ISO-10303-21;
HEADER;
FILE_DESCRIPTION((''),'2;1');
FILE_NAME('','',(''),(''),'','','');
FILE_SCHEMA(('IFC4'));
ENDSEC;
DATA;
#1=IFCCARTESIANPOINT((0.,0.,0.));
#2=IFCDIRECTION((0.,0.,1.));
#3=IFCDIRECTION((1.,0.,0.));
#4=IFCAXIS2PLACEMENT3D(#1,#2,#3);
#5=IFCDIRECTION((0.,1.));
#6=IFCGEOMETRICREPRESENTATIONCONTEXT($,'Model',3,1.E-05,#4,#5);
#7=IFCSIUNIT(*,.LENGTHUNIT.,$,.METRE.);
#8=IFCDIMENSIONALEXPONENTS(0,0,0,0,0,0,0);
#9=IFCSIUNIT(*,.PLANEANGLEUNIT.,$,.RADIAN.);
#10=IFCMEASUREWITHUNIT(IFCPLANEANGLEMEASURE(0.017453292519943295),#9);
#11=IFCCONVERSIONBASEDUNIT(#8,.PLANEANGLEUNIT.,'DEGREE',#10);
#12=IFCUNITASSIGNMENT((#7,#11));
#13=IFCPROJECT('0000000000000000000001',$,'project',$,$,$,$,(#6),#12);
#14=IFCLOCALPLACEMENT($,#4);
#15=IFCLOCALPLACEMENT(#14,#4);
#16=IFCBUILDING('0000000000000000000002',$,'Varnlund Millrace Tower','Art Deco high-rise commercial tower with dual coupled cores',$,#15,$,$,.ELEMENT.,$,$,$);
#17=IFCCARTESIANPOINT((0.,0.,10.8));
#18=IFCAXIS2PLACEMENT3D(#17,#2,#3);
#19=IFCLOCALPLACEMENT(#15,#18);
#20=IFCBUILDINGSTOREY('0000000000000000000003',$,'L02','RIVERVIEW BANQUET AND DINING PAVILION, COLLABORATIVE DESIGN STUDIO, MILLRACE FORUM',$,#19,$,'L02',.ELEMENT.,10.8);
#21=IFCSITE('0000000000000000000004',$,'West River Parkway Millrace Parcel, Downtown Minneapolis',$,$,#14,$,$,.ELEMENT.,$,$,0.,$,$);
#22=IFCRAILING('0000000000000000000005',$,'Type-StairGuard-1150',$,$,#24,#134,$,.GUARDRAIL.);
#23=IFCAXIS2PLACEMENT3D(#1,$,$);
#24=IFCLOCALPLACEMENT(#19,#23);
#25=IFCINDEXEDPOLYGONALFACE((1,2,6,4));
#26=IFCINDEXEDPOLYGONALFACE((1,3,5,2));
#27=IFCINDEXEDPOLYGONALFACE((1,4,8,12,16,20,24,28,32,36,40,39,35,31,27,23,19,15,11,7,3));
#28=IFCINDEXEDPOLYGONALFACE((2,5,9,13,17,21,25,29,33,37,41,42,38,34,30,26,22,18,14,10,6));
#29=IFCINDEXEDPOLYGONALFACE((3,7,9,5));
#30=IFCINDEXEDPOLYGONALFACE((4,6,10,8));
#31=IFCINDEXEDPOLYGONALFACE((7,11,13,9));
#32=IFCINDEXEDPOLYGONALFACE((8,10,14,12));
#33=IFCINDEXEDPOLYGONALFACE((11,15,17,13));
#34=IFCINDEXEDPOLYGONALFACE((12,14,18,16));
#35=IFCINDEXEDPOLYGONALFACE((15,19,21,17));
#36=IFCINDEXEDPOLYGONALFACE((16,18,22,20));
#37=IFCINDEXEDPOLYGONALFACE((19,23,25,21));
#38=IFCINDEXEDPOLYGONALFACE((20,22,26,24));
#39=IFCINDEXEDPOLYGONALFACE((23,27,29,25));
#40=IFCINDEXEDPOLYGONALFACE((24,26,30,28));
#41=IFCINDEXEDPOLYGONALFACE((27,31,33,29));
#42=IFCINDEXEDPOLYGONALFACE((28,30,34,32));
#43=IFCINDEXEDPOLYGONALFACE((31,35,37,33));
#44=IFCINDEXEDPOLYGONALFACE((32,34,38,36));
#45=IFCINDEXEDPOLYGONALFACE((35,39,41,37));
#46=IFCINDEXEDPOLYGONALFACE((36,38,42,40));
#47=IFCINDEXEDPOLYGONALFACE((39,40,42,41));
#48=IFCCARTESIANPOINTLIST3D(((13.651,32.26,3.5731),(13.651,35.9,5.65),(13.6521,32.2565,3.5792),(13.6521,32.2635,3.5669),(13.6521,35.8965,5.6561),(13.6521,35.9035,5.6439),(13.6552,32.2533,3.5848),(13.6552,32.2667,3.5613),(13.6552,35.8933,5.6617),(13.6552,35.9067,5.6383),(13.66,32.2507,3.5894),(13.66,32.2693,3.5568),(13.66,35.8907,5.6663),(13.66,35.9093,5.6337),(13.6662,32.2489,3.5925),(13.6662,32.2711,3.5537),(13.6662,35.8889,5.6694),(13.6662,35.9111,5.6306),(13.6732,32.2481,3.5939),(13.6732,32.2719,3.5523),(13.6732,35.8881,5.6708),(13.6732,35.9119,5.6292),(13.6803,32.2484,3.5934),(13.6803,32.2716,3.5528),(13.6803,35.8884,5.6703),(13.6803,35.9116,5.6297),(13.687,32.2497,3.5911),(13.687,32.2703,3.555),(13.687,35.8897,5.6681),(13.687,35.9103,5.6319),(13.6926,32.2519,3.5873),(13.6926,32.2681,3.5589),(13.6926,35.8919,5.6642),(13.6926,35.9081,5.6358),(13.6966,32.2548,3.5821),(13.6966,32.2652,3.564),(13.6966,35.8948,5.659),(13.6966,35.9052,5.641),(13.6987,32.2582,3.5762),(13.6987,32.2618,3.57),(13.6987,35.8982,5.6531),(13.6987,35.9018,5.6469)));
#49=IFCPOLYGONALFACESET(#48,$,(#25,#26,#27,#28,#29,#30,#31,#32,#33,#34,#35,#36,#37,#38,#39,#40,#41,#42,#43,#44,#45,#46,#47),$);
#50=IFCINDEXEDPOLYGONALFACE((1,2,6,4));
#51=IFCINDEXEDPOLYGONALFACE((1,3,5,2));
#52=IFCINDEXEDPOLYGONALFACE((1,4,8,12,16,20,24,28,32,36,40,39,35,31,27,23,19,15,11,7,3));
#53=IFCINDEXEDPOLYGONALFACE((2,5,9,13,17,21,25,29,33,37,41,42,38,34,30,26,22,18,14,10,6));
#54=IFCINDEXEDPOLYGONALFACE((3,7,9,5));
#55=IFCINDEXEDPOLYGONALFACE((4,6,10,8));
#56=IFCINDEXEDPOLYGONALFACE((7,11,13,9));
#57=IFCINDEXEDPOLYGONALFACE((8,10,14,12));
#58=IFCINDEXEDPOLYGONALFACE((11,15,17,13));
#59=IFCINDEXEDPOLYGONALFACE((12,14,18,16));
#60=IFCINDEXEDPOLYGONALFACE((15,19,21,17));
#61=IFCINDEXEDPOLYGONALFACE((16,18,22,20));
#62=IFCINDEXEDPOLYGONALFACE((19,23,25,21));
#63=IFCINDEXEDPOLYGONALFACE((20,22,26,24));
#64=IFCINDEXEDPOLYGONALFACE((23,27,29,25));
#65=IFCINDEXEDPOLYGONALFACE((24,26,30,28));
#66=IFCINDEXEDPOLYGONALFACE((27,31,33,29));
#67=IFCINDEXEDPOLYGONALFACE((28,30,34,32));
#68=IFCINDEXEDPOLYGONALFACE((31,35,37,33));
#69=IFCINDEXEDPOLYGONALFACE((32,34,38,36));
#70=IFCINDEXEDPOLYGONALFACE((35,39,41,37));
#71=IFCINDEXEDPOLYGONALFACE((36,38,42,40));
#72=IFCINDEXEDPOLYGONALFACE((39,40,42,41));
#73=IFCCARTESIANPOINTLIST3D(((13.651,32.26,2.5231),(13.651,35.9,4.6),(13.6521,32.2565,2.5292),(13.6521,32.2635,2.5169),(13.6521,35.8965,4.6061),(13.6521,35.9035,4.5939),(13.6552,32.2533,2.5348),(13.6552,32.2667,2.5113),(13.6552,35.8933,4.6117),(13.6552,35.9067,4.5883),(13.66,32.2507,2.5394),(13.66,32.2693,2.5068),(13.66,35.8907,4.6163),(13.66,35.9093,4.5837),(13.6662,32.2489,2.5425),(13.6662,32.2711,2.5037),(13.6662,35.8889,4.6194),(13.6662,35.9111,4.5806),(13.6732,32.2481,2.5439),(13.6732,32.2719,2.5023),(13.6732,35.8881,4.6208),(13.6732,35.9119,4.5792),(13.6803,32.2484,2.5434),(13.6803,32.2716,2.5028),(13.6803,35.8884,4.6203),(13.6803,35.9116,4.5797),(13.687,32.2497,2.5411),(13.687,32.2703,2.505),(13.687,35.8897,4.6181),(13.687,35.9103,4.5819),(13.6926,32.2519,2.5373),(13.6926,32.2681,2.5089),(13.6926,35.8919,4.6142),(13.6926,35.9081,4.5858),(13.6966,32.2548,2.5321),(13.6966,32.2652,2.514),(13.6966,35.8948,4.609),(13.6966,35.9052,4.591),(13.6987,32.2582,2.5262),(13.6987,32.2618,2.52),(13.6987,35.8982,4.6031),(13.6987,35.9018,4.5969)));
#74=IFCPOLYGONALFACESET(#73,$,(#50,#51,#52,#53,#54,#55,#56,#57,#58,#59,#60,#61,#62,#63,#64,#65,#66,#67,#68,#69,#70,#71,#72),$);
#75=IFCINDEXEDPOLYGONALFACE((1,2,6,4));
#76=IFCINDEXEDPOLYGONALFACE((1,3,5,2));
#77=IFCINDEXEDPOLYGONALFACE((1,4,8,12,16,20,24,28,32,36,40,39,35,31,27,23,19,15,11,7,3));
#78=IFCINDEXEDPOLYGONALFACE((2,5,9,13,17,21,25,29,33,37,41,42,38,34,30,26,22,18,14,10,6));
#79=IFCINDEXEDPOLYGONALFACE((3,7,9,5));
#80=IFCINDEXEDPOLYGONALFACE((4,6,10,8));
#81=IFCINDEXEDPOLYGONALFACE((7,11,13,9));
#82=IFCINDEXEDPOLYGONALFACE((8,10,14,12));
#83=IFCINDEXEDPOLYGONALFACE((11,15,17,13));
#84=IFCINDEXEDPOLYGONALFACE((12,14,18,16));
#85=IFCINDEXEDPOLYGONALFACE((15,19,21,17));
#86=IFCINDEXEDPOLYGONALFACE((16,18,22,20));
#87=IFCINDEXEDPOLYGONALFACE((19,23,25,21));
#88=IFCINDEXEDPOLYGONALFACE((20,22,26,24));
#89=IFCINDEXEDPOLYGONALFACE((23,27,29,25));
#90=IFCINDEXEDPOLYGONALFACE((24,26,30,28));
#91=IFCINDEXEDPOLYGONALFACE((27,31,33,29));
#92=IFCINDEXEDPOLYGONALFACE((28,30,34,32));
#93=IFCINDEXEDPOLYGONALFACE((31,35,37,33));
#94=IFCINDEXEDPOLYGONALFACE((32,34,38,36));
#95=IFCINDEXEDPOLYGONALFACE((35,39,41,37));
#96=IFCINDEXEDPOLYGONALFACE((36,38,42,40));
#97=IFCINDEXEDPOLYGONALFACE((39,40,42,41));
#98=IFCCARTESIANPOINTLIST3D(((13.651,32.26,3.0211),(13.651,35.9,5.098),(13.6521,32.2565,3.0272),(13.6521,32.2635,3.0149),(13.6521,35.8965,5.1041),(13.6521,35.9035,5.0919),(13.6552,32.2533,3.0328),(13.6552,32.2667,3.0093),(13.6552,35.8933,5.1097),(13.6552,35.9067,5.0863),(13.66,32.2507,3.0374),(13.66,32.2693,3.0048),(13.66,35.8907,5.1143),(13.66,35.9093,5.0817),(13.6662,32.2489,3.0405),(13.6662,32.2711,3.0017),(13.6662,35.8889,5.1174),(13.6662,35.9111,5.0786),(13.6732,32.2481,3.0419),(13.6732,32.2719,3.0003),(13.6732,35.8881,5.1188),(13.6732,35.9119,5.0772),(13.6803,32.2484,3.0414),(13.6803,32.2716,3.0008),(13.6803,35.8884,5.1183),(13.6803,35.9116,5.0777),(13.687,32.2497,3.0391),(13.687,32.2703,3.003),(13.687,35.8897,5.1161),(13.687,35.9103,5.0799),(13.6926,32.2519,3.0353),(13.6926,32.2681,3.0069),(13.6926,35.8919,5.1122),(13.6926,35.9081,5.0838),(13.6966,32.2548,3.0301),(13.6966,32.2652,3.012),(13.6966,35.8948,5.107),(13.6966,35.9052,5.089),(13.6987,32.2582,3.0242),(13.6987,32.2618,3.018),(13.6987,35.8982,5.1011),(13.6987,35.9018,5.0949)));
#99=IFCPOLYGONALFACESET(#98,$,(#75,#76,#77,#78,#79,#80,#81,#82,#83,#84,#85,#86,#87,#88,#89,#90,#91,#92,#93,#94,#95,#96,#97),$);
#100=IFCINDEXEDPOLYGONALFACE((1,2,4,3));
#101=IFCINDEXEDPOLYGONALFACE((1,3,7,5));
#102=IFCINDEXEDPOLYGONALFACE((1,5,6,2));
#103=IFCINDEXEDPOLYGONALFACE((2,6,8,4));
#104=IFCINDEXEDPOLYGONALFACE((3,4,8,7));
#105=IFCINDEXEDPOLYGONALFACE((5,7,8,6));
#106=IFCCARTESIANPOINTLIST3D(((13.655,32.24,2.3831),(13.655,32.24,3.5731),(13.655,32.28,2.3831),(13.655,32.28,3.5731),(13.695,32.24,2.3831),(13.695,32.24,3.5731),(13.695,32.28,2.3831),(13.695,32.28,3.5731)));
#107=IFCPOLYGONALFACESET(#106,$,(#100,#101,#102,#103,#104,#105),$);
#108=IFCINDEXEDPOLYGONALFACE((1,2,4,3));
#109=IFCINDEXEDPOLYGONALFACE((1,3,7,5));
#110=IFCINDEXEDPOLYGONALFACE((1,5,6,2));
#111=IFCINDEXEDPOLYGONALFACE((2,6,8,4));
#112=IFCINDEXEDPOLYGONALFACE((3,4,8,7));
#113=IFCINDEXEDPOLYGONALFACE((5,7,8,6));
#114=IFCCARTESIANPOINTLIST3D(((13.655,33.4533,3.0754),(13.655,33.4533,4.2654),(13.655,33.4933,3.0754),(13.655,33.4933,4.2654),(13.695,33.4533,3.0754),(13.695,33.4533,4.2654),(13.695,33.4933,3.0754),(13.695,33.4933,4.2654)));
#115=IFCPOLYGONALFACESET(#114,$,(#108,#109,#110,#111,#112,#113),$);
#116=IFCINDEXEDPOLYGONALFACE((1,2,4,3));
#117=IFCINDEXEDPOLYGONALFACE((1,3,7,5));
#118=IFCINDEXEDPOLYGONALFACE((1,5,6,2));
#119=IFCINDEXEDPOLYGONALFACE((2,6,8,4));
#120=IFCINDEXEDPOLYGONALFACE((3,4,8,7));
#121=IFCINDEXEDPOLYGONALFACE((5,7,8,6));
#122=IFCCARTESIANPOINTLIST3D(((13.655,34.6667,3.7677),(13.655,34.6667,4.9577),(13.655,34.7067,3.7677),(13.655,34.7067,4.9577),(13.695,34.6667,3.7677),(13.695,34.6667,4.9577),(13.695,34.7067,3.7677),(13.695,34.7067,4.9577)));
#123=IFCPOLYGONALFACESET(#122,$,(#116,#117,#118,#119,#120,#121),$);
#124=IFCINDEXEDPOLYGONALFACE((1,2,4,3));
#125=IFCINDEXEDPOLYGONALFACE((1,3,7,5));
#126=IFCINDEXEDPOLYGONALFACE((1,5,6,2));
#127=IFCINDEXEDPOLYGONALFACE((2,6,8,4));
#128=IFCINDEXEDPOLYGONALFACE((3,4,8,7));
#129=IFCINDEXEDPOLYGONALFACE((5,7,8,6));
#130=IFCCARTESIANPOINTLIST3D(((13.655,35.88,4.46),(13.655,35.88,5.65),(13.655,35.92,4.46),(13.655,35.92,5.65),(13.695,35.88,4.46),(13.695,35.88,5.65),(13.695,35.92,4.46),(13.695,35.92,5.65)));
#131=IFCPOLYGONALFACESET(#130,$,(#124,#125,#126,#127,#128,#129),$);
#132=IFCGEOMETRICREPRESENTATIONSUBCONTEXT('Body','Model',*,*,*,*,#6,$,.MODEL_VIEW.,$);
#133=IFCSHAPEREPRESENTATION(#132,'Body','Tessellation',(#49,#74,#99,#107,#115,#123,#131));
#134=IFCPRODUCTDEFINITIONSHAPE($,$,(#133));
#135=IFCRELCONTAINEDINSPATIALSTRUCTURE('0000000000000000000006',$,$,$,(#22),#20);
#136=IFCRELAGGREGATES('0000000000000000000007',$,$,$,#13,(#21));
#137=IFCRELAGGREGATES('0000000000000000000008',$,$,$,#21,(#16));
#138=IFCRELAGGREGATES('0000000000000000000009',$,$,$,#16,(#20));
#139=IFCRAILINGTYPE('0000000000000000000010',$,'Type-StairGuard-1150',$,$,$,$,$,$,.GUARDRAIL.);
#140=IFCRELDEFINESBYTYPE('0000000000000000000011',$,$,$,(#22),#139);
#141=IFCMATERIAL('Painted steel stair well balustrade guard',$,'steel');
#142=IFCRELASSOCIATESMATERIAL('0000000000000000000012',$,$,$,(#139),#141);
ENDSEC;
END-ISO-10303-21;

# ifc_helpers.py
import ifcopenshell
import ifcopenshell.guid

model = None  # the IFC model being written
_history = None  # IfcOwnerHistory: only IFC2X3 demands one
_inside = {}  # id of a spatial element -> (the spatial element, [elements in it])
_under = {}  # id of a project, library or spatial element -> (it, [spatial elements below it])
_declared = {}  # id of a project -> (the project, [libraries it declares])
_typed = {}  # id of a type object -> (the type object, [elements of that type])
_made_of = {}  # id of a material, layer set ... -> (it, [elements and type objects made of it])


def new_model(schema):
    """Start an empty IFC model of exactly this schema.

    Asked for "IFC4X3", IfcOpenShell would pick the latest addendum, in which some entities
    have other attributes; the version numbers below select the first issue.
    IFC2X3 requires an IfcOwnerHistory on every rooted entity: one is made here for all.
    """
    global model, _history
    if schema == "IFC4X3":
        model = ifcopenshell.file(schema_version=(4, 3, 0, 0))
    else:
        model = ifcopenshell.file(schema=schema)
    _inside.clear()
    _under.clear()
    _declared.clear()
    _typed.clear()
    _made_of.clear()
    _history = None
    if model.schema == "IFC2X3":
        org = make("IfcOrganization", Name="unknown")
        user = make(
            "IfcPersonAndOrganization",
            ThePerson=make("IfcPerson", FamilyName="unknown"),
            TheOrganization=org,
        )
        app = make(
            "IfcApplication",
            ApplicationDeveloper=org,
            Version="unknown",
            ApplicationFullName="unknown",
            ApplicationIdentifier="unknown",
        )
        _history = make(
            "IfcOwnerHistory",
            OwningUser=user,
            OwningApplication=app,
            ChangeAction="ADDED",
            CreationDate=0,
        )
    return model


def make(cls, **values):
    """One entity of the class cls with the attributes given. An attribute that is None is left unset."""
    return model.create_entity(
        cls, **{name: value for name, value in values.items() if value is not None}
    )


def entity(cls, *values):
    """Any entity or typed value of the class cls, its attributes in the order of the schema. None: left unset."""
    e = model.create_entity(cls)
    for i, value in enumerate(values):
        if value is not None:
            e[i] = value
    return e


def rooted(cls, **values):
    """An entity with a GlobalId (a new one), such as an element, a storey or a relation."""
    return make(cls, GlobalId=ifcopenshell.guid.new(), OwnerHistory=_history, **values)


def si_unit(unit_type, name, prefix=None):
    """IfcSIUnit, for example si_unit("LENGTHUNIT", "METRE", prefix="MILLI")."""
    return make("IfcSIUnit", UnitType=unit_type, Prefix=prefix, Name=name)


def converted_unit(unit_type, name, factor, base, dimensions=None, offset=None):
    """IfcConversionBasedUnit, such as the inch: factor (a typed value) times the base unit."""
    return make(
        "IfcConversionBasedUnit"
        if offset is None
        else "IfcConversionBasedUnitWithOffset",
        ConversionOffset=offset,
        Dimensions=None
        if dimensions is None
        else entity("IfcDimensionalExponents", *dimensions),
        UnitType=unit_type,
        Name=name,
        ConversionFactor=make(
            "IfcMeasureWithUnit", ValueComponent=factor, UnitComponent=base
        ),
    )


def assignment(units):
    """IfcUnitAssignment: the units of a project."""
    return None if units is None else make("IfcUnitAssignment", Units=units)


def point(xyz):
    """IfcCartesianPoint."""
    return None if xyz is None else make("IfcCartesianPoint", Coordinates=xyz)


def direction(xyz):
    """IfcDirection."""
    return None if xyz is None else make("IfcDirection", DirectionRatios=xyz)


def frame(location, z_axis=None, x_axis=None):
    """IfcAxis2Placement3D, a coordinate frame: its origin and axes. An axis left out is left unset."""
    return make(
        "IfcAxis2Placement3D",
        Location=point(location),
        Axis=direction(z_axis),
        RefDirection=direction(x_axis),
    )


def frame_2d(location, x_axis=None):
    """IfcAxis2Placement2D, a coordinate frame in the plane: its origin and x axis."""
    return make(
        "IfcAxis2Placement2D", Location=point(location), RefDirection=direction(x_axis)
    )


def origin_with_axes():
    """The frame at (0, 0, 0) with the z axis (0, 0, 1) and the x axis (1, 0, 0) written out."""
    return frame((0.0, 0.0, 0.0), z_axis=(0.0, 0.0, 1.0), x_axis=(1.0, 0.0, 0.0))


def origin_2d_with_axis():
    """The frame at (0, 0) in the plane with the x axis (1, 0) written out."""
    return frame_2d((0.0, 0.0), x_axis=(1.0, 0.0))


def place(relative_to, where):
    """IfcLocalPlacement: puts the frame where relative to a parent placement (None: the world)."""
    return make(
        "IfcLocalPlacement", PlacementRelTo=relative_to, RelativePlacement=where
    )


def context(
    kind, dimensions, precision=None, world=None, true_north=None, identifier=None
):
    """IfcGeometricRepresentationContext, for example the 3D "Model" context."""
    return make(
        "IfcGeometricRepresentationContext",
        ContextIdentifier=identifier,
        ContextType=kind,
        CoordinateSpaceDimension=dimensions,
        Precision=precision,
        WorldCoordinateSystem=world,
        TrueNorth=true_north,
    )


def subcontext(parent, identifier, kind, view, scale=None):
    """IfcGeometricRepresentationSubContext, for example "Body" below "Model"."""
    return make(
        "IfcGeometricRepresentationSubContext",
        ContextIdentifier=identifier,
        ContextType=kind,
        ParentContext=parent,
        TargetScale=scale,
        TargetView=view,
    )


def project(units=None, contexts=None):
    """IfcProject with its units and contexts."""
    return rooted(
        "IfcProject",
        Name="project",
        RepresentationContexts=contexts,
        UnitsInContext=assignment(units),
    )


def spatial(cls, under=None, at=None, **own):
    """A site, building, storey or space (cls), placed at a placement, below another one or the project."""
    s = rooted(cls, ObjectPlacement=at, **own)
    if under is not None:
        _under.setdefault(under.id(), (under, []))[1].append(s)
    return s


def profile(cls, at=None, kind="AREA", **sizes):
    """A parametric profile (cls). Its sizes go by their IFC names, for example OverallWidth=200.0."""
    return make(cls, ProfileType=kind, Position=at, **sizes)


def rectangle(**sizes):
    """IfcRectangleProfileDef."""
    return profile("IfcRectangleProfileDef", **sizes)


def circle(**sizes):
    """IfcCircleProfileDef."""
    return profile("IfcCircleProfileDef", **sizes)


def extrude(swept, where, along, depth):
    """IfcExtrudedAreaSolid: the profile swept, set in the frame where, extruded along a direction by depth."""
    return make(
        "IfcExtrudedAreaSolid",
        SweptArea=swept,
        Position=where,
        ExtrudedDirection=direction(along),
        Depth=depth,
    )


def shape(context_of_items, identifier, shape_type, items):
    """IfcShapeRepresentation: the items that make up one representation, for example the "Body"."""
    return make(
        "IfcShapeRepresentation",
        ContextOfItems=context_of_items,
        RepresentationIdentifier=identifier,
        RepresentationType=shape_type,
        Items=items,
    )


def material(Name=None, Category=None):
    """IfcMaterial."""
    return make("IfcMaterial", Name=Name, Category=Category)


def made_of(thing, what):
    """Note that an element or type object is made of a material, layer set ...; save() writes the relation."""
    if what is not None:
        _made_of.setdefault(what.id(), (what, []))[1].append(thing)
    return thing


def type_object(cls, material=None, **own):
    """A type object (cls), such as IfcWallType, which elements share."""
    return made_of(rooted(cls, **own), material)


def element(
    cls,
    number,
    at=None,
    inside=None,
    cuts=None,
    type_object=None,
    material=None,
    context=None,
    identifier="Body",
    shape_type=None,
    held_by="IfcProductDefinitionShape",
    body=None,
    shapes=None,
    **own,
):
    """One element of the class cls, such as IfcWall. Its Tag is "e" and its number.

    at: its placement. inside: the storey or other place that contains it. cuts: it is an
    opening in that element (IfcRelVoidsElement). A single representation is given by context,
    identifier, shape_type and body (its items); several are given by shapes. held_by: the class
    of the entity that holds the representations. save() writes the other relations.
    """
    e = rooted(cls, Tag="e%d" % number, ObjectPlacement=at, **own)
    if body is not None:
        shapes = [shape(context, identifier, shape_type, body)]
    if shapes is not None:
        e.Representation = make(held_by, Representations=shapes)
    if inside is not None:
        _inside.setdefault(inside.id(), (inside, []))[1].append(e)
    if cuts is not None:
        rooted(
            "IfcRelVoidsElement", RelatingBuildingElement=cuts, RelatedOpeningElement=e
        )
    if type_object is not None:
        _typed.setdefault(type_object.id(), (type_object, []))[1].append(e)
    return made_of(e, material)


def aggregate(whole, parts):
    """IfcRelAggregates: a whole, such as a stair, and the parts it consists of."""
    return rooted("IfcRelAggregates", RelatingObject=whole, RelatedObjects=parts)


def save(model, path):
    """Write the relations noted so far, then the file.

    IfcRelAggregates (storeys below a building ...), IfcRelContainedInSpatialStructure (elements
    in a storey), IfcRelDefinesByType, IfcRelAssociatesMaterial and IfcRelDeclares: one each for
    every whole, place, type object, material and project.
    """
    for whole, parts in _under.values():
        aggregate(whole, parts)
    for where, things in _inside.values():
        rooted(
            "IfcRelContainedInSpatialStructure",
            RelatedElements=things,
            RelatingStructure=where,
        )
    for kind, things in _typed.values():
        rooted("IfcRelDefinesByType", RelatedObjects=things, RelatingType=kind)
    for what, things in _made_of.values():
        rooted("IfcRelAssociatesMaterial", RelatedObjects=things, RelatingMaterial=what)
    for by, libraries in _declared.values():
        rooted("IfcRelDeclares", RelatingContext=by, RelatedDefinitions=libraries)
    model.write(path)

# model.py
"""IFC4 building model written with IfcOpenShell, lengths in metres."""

from ifc_helpers import new_model, entity, si_unit, converted_unit, direction, frame, origin_with_axes, origin_2d_with_axis, place, context, subcontext, project, spatial, rectangle, circle, extrude, material, type_object, element, save


model = new_model("IFC4")

# Units and contexts
model_context = context("Model", 3, precision=1e-05, world=origin_with_axes(), true_north=direction((0.0, 1.0)))
body_context = subcontext(model_context, "Body", "Model", "MODEL_VIEW")
ifc_project = project(units=[si_unit("LENGTHUNIT", "METRE"), converted_unit("PLANEANGLEUNIT", "DEGREE", entity("IfcPlaneAngleMeasure", 0.017453292519943295), si_unit("PLANEANGLEUNIT", "RADIAN"), dimensions=[0, 0, 0, 0, 0, 0, 0])], contexts=[model_context])

# Site, building, storey
site_placement = place(None, origin_with_axes())
site = spatial("IfcSite", under=ifc_project, at=site_placement, Name="West River Parkway Millrace Parcel, Downtown Minneapolis", CompositionType="ELEMENT", RefElevation=0.0)
building_placement = place(site_placement, origin_with_axes())
building = spatial("IfcBuilding", under=site, at=building_placement, Name="Varnlund Millrace Tower", Description="Art Deco high-rise commercial tower with dual coupled cores", CompositionType="ELEMENT")
storey_placement = place(building_placement, frame((0.0, 0.0, 10.8), z_axis=(0.0, 0.0, 1.0), x_axis=(1.0, 0.0, 0.0)))
storey = spatial("IfcBuildingStorey", under=building, at=storey_placement, Name="L02", Description="RIVERVIEW BANQUET AND DINING PAVILION, COLLABORATIVE DESIGN STUDIO, MILLRACE FORUM", LongName="L02", CompositionType="ELEMENT", Elevation=10.8)

# Railing
ifc_material_1 = material(Name="Painted steel stair well balustrade guard", Category="steel")
railing_type_1 = type_object("IfcRailingType", Name="Type-StairGuard-1150", PredefinedType="GUARDRAIL", material=ifc_material_1)
railing_1_placement = place(storey_placement, frame((0.0, 0.0, -10.8), z_axis=(0.0, 0.0, 1.0), x_axis=(1.0, 0.0, 0.0)))
element("IfcRailing", 1, at=railing_1_placement, inside=storey, type_object=railing_type_1, Name="Type-StairGuard-1150", PredefinedType="GUARDRAIL", context=body_context, shape_type="SweptSolid", body=[
    extrude(circle(Radius=0.024, at=origin_2d_with_axis()), frame((13.675, 32.26, 14.3731), z_axis=(0.0, 0.868559, 0.495585), x_axis=(-1.0, 0.0, 0.0)), (0.0, 0.0, 1.0), 4.1908),
    extrude(circle(Radius=0.024, at=origin_2d_with_axis()), frame((13.675, 32.26, 13.3231), z_axis=(0.0, 0.868559, 0.495585), x_axis=(-1.0, 0.0, 0.0)), (0.0, 0.0, 1.0), 4.1908),
    extrude(circle(Radius=0.024, at=origin_2d_with_axis()), frame((13.675, 32.26, 13.8211), z_axis=(0.0, 0.868559, 0.495585), x_axis=(-1.0, 0.0, 0.0)), (0.0, 0.0, 1.0), 4.1908),
    extrude(rectangle(XDim=0.04, YDim=0.04, at=origin_2d_with_axis()), frame((13.675, 32.26, 13.1831), z_axis=(0.0, 0.0, 1.0), x_axis=(1.0, 0.0, 0.0)), (0.0, 0.0, 1.0), 1.19),
    extrude(rectangle(XDim=0.04, YDim=0.04, at=origin_2d_with_axis()), frame((13.675, 33.4733, 13.8754), z_axis=(0.0, 0.0, 1.0), x_axis=(1.0, 0.0, 0.0)), (0.0, 0.0, 1.0), 1.19),
    extrude(rectangle(XDim=0.04, YDim=0.04, at=origin_2d_with_axis()), frame((13.675, 34.6867, 14.5677), z_axis=(0.0, 0.0, 1.0), x_axis=(1.0, 0.0, 0.0)), (0.0, 0.0, 1.0), 1.19),
    extrude(rectangle(XDim=0.04, YDim=0.04, at=origin_2d_with_axis()), frame((13.675, 35.9, 15.26), z_axis=(0.0, 0.0, 1.0), x_axis=(1.0, 0.0, 0.0)), (0.0, 0.0, 1.0), 1.19),
])

save(model, "model.ifc")
